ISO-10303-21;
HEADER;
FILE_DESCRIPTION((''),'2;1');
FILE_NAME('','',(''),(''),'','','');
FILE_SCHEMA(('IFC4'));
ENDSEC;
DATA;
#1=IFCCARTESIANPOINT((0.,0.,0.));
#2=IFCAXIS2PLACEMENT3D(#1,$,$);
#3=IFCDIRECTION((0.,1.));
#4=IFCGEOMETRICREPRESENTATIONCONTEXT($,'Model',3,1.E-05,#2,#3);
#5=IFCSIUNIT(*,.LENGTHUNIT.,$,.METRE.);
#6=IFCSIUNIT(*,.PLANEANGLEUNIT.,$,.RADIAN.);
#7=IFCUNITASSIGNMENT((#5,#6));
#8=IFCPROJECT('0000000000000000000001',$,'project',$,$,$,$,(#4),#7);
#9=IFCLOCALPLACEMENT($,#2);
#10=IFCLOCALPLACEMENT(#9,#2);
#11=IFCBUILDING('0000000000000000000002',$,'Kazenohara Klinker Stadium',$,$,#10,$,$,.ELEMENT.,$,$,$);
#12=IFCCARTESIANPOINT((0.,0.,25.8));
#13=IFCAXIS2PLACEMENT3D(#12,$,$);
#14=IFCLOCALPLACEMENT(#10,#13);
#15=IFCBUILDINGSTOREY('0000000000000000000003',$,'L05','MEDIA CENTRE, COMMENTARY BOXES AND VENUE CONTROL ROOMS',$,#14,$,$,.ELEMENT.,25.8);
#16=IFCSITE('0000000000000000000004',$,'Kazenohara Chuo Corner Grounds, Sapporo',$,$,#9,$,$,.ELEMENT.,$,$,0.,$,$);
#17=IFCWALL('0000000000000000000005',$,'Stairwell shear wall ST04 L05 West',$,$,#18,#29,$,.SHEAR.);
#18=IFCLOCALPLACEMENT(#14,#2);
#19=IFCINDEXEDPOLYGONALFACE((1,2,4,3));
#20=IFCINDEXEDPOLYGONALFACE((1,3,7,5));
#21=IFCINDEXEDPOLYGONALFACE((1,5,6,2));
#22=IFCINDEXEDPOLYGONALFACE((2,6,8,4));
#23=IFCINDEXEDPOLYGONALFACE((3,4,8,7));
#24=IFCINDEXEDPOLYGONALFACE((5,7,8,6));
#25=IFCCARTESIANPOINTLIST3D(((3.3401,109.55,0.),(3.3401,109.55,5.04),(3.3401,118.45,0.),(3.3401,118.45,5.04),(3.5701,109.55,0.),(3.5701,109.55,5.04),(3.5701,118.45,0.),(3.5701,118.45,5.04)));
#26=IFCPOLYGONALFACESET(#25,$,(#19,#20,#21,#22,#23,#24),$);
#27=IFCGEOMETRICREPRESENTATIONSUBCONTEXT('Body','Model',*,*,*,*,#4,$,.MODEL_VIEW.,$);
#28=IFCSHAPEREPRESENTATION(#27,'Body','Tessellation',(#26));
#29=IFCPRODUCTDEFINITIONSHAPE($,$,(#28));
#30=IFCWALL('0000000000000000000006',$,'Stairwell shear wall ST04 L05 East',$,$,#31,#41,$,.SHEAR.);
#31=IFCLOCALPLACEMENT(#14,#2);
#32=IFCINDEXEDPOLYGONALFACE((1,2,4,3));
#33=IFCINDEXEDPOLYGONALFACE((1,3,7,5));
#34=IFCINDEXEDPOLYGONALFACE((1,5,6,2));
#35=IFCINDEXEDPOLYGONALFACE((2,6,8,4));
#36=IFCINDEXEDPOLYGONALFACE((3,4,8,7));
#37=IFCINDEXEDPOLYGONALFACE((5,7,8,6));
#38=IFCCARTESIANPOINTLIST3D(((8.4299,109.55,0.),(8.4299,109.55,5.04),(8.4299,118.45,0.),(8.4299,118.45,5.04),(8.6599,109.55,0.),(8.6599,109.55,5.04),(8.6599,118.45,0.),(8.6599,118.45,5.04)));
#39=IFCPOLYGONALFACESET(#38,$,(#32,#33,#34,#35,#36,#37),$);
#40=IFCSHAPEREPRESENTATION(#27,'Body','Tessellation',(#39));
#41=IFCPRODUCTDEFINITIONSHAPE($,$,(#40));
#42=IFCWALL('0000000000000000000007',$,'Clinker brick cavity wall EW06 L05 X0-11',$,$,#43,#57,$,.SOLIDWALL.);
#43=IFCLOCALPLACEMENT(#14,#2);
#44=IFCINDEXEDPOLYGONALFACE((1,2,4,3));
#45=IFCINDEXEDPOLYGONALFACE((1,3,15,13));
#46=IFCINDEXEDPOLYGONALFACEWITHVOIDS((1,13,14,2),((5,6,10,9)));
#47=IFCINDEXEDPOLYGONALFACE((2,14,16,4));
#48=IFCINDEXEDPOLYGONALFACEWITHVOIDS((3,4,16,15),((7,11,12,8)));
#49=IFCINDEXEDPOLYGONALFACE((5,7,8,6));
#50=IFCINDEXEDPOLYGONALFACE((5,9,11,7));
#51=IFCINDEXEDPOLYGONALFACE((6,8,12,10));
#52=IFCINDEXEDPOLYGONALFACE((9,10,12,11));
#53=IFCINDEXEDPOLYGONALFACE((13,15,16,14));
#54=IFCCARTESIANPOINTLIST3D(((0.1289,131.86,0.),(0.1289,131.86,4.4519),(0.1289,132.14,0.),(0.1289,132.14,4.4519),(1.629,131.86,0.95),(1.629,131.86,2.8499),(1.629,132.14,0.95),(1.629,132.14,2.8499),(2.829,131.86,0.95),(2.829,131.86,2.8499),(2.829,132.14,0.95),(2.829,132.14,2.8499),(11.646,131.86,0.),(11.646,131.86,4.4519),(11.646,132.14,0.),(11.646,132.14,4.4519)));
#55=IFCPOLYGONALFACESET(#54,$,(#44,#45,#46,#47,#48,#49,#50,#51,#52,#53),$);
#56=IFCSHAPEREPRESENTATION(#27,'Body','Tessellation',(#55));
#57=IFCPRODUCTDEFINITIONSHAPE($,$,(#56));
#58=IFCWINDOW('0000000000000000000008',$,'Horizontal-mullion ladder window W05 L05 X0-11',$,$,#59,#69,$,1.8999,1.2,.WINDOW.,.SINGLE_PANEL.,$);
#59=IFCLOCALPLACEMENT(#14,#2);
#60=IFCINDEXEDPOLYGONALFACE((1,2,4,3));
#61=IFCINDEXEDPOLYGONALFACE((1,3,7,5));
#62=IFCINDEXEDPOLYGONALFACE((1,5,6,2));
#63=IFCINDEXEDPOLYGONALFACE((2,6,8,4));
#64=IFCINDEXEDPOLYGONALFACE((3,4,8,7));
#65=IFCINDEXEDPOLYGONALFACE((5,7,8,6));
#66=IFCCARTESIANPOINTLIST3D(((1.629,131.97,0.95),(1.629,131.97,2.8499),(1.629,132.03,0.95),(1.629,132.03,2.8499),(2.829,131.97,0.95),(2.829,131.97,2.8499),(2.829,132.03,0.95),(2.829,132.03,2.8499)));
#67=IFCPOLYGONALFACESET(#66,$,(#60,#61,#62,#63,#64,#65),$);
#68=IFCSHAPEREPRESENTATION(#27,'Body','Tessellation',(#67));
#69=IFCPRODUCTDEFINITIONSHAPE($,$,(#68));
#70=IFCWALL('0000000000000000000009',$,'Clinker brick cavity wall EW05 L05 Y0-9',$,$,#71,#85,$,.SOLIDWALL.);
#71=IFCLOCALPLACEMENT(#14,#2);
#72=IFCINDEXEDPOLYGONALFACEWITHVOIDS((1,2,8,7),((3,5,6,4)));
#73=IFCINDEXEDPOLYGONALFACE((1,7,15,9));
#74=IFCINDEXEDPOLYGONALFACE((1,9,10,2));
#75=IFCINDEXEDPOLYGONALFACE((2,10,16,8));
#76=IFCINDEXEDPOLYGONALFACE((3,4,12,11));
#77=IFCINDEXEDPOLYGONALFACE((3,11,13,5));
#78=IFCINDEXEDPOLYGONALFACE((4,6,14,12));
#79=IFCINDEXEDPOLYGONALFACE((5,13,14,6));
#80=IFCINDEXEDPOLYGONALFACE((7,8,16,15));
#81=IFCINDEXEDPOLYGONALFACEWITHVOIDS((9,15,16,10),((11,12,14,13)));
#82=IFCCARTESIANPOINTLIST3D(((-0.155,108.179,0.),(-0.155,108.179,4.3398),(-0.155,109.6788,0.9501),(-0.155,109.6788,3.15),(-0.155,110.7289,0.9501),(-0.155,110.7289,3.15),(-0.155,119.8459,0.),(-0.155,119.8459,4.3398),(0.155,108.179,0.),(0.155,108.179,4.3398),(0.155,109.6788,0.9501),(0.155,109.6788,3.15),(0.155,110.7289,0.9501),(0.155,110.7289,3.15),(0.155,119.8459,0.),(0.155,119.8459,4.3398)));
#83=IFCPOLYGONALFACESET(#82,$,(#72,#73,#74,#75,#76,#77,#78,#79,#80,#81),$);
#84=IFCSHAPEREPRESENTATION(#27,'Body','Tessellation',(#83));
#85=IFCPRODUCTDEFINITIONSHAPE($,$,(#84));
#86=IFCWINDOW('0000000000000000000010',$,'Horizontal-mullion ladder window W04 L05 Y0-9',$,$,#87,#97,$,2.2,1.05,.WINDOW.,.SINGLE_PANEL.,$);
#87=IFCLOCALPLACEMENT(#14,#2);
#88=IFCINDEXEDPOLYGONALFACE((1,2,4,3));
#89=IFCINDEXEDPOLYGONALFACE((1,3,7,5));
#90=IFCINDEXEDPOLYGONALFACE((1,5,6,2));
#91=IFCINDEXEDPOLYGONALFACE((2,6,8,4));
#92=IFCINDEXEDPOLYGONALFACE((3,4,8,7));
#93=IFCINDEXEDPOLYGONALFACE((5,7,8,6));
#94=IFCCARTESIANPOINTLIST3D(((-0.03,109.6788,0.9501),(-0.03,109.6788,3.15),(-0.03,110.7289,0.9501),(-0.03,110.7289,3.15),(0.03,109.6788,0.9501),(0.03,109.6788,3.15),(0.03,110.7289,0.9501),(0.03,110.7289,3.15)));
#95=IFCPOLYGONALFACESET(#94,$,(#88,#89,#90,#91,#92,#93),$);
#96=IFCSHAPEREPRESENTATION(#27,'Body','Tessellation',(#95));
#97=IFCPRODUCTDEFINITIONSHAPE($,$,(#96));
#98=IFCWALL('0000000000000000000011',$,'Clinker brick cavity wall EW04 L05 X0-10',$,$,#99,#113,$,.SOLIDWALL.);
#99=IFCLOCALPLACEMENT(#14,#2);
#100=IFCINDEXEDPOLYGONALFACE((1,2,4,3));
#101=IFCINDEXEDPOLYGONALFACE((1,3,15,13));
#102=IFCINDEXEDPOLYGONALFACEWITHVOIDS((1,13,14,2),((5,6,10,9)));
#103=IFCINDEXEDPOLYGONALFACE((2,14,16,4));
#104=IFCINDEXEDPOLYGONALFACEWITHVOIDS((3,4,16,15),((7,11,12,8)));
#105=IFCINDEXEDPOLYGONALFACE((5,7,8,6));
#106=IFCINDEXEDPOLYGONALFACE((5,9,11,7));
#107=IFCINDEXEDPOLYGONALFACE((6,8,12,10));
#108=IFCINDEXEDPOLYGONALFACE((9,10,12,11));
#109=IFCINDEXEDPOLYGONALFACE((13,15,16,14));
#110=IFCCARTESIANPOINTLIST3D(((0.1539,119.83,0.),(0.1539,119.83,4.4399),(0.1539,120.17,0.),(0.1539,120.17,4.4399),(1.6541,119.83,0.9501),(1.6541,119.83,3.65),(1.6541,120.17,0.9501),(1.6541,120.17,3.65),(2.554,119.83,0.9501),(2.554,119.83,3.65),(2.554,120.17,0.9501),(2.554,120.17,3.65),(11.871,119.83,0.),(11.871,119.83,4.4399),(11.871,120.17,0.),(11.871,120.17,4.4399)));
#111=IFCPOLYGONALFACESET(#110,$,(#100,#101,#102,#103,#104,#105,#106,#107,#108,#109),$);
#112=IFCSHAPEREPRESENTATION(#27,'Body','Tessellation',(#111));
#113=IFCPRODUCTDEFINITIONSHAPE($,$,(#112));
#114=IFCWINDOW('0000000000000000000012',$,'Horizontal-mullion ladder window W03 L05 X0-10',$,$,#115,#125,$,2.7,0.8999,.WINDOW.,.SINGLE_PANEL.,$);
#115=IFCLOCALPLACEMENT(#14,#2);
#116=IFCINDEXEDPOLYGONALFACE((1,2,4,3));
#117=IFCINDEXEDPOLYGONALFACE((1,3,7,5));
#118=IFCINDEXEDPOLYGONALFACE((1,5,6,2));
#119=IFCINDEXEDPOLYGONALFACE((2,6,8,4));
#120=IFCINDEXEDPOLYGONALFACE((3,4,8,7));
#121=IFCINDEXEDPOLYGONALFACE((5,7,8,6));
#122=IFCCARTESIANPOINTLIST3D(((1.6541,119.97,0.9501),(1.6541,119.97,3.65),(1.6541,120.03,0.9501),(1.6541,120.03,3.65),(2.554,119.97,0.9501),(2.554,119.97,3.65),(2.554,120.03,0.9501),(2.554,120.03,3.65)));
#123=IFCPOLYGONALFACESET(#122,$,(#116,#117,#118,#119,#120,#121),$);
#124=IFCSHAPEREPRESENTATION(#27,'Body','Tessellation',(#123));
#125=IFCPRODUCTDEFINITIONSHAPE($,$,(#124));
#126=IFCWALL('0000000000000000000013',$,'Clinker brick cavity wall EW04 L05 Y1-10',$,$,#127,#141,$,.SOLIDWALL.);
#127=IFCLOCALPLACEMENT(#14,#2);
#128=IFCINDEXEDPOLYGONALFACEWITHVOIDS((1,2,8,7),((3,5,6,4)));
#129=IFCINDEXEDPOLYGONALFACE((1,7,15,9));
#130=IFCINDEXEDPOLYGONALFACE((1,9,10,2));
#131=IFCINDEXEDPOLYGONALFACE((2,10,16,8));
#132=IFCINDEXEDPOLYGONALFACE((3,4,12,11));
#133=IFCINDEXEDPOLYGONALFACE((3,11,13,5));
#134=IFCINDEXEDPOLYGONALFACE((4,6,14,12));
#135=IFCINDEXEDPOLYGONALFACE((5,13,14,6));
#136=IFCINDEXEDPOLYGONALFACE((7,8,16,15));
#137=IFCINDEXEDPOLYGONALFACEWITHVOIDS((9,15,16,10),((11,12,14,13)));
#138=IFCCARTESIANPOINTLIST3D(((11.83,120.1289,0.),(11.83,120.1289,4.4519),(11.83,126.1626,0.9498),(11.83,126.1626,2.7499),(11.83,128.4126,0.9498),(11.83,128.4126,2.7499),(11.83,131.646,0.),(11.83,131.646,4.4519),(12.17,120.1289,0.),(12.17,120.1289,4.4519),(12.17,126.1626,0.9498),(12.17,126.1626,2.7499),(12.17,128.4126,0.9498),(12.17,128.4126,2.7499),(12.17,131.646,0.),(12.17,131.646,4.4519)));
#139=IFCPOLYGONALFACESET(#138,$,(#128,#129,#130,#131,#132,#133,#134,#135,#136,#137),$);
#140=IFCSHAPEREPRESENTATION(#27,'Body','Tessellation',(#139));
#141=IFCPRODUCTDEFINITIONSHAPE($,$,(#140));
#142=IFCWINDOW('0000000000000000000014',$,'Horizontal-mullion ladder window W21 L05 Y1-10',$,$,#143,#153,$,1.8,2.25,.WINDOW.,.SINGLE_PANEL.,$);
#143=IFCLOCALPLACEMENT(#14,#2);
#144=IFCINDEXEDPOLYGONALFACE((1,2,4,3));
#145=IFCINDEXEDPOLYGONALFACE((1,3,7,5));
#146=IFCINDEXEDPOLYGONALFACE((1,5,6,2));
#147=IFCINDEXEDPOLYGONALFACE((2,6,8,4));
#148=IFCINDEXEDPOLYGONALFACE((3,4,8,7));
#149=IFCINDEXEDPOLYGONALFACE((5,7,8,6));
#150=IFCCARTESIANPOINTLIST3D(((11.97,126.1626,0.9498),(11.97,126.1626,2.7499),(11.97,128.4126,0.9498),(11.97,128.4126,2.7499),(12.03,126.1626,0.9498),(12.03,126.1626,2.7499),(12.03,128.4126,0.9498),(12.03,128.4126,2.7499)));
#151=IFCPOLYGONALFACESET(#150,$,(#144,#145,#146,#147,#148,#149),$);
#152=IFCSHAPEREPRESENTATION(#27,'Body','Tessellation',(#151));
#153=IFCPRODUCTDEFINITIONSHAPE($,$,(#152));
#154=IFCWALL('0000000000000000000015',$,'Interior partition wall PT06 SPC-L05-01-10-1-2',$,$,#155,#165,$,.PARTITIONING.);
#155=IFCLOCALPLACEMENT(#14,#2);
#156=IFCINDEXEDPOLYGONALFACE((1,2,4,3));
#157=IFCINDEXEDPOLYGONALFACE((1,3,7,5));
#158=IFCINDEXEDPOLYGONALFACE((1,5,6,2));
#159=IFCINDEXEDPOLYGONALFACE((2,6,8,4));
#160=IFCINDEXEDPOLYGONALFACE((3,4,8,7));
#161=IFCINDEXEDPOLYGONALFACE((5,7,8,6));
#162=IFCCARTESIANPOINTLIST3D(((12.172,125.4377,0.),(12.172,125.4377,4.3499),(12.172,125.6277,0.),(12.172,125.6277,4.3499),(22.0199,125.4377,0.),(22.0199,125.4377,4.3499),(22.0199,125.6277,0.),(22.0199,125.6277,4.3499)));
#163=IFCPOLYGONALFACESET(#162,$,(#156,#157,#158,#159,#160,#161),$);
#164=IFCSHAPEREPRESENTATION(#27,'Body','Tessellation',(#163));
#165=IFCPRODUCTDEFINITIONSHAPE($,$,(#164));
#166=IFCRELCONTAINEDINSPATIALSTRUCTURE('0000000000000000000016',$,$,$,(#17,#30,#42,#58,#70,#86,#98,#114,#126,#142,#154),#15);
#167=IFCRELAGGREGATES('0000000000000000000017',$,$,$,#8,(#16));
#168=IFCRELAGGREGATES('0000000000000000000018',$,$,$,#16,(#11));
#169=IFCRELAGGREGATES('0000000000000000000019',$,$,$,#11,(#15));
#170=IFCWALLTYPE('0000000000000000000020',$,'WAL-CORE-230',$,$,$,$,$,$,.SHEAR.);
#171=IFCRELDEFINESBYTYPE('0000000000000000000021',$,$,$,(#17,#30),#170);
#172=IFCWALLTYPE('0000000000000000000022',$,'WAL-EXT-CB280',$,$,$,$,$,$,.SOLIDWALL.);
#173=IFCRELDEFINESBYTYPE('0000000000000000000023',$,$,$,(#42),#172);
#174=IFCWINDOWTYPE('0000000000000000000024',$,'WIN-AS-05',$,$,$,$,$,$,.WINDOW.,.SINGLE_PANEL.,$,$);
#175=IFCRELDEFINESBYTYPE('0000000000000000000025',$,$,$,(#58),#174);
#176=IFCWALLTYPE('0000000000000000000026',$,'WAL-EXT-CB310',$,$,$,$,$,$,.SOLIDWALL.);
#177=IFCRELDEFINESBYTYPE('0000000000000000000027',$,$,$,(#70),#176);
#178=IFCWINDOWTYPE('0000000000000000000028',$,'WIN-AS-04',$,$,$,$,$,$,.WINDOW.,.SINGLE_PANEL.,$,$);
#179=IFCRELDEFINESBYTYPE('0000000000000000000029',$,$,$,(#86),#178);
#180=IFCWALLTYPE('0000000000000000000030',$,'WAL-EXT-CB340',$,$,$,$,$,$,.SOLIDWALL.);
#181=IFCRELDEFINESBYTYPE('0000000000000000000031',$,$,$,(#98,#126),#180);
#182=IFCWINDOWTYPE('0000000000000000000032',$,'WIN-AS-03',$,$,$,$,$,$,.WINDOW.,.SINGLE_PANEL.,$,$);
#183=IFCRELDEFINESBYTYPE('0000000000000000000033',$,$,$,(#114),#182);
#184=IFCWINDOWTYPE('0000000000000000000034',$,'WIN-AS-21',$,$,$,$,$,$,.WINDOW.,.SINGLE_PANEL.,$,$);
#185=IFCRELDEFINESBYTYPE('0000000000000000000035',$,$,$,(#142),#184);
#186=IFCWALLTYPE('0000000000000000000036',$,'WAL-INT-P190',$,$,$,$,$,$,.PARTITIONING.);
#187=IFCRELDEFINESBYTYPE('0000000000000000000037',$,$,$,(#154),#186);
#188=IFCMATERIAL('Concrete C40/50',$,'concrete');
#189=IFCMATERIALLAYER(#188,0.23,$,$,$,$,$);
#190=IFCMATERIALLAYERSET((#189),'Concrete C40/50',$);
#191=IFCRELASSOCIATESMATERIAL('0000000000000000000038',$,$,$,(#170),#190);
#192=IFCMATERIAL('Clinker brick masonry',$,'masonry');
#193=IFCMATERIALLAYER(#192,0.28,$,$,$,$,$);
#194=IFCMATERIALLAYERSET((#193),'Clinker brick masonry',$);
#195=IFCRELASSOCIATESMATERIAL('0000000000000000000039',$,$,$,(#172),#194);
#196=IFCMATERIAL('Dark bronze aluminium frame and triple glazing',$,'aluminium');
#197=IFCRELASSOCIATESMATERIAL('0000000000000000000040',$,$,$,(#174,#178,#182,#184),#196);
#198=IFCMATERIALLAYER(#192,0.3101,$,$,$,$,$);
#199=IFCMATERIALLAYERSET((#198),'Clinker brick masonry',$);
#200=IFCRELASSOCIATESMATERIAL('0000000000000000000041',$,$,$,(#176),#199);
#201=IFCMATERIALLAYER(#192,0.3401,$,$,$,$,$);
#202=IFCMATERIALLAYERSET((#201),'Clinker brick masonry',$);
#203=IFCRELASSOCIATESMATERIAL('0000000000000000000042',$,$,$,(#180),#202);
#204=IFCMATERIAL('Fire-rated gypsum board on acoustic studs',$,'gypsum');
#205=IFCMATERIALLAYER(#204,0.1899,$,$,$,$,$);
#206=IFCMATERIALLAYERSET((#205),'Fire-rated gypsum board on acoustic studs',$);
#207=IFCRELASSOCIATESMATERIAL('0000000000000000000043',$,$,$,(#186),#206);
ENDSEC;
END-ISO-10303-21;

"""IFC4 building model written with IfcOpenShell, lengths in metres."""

from ifc_helpers import new_model, si_unit, direction, frame, frame_2d, origin, place, context, subcontext, project, spatial, rectangle, extrude, material, layer, layer_set, type_object, element, fill, save


model = new_model("IFC4")

# Units and contexts
model_context = context("Model", 3, precision=1e-05, world=origin(), true_north=direction((0.0, 1.0)))
body_context = subcontext(model_context, "Body", "Model", "MODEL_VIEW")
ifc_project = project(units=[si_unit("LENGTHUNIT", "METRE"), si_unit("PLANEANGLEUNIT", "RADIAN")], contexts=[model_context])

# Site, building, storey
site_placement = place(None, origin())
site = spatial("IfcSite", under=ifc_project, at=site_placement, Name="Kazenohara Chuo Corner Grounds, Sapporo", CompositionType="ELEMENT", RefElevation=0.0)
building_placement = place(site_placement, origin())
building = spatial("IfcBuilding", under=site, at=building_placement, Name="Kazenohara Klinker Stadium", CompositionType="ELEMENT")
storey_placement = place(building_placement, frame((0.0, 0.0, 25.8)))
storey = spatial("IfcBuildingStorey", under=building, at=storey_placement, Name="L05", Description="MEDIA CENTRE, COMMENTARY BOXES AND VENUE CONTROL ROOMS", CompositionType="ELEMENT", Elevation=25.8)

# Shared definitions
ifc_material_1 = material(Name="Concrete C40/50", Category="concrete")

# Shared definitions
ifc_layer_1 = layer(ifc_material_1, 0.23)
ifc_layer_set_1 = layer_set([ifc_layer_1], Name="Concrete C40/50")
wall_type_1 = type_object("IfcWallType", Name="WAL-CORE-230", PredefinedType="SHEAR", material=ifc_layer_set_1)

# Walls
for number, where, z_axis, x_axis, name in (
    (1, (3.4551, 109.55, 0.0), (0.0, 0.0, 1.0), (0.0, 1.0, 0.0), "Stairwell shear wall ST04 L05 West"),
    (2, (8.5449, 109.55, 0.0), (0.0, 0.0, 1.0), (0.0, 1.0, 0.0), "Stairwell shear wall ST04 L05 East"),
):
    element("IfcWall", number, at=place(storey_placement, frame(where, z_axis=z_axis, x_axis=x_axis)), inside=storey, type_object=wall_type_1, Name=name, PredefinedType="SHEAR", context=body_context, shape_type="SweptSolid", body=[
        extrude(rectangle(XDim=8.8999, YDim=0.23, at=frame_2d((4.45, 0.0))), origin(), (0.0, 0.0, 1.0), 5.04),
    ])

# Walls, openings, windows
ifc_material_2 = material(Name="Clinker brick masonry", Category="masonry")
ifc_layer_2 = layer(ifc_material_2, 0.28)
ifc_layer_set_2 = layer_set([ifc_layer_2], Name="Clinker brick masonry")
wall_type_2 = type_object("IfcWallType", Name="WAL-EXT-CB280", PredefinedType="SOLIDWALL", material=ifc_layer_set_2)
wall_1_placement = place(storey_placement, frame((0.1289, 132.0, 0.0), z_axis=(0.0, 0.0, 1.0), x_axis=(1.0, 0.0, 0.0)))
wall_1 = element("IfcWall", 3, at=wall_1_placement, inside=storey, type_object=wall_type_2, Name="Clinker brick cavity wall EW06 L05 X0-11", PredefinedType="SOLIDWALL", context=body_context, shape_type="SweptSolid", body=[
    extrude(rectangle(XDim=11.5171, YDim=0.28, at=frame_2d((5.7585, 0.0))), origin(), (0.0, 0.0, 1.0), 4.4519),
])
opening_1_placement = place(wall_1_placement, frame((1.5, 0.0, 0.95)))
opening_1 = element("IfcOpeningElement", 4, at=opening_1_placement, cuts=wall_1, PredefinedType="OPENING", context=body_context, shape_type="SweptSolid", body=[
    extrude(rectangle(XDim=1.2, YDim=1.8999, at=frame_2d((0.6001, 0.95))), frame((0.0, 0.1499, 0.0), z_axis=(0.0, -1.0, 0.0), x_axis=(1.0, 0.0, 0.0)), (0.0, 0.0, 1.0), 0.3),
])
ifc_material_3 = material(Name="Dark bronze aluminium frame and triple glazing", Category="aluminium")
window_type_1 = type_object("IfcWindowType", Name="WIN-AS-05", PartitioningType="SINGLE_PANEL", PredefinedType="WINDOW", material=ifc_material_3)
window_1_placement = place(opening_1_placement, origin())
window_1 = element("IfcWindow", 5, at=window_1_placement, inside=storey, type_object=window_type_1, Name="Horizontal-mullion ladder window W05 L05 X0-11", OverallHeight=1.8999, OverallWidth=1.2, PartitioningType="SINGLE_PANEL", PredefinedType="WINDOW", context=body_context, shape_type="SweptSolid", body=[
    extrude(rectangle(XDim=1.2, YDim=1.8999, at=frame_2d((0.6001, 0.95))), frame((0.0, 0.03, 0.0), z_axis=(0.0, -1.0, 0.0), x_axis=(1.0, 0.0, 0.0)), (0.0, 0.0, 1.0), 0.0601),
])
fill(opening_1, window_1)
ifc_layer_3 = layer(ifc_material_2, 0.3101)
ifc_layer_set_3 = layer_set([ifc_layer_3], Name="Clinker brick masonry")
wall_type_3 = type_object("IfcWallType", Name="WAL-EXT-CB310", PredefinedType="SOLIDWALL", material=ifc_layer_set_3)
wall_2_placement = place(storey_placement, frame((0.0, 108.179, 0.0), z_axis=(0.0, 0.0, 1.0), x_axis=(0.0, 1.0, 0.0)))
wall_2 = element("IfcWall", 6, at=wall_2_placement, inside=storey, type_object=wall_type_3, Name="Clinker brick cavity wall EW05 L05 Y0-9", PredefinedType="SOLIDWALL", context=body_context, shape_type="SweptSolid", body=[
    extrude(rectangle(XDim=11.667, YDim=0.3101, at=frame_2d((5.8335, 0.0))), origin(), (0.0, 0.0, 1.0), 4.3398),
])
opening_2_placement = place(wall_2_placement, frame((1.5, 0.0, 0.95)))
opening_2 = element("IfcOpeningElement", 7, at=opening_2_placement, cuts=wall_2, PredefinedType="OPENING", context=body_context, shape_type="SweptSolid", body=[
    extrude(rectangle(XDim=1.05, YDim=2.2, at=frame_2d((0.5249, 1.1001))), frame((0.0, 0.165, 0.0), z_axis=(0.0, -1.0, 0.0), x_axis=(1.0, 0.0, 0.0)), (0.0, 0.0, 1.0), 0.3301),
])
window_type_2 = type_object("IfcWindowType", Name="WIN-AS-04", PartitioningType="SINGLE_PANEL", PredefinedType="WINDOW", material=ifc_material_3)
window_2_placement = place(opening_2_placement, origin())
window_2 = element("IfcWindow", 8, at=window_2_placement, inside=storey, type_object=window_type_2, Name="Horizontal-mullion ladder window W04 L05 Y0-9", OverallHeight=2.2, OverallWidth=1.05, PartitioningType="SINGLE_PANEL", PredefinedType="WINDOW", context=body_context, shape_type="SweptSolid", body=[
    extrude(rectangle(XDim=1.05, YDim=2.2, at=frame_2d((0.5249, 1.1001))), frame((0.0, 0.03, 0.0), z_axis=(0.0, -1.0, 0.0), x_axis=(1.0, 0.0, 0.0)), (0.0, 0.0, 1.0), 0.0601),
])
fill(opening_2, window_2)
ifc_layer_4 = layer(ifc_material_2, 0.3401)
ifc_layer_set_4 = layer_set([ifc_layer_4], Name="Clinker brick masonry")
wall_type_4 = type_object("IfcWallType", Name="WAL-EXT-CB340", PredefinedType="SOLIDWALL", material=ifc_layer_set_4)
wall_3_placement = place(storey_placement, frame((0.1541, 120.0, 0.0), z_axis=(0.0, 0.0, 1.0), x_axis=(1.0, 0.0, 0.0)))
wall_3 = element("IfcWall", 9, at=wall_3_placement, inside=storey, type_object=wall_type_4, Name="Clinker brick cavity wall EW04 L05 X0-10", PredefinedType="SOLIDWALL", context=body_context, shape_type="SweptSolid", body=[
    extrude(rectangle(XDim=11.717, YDim=0.3401, at=frame_2d((5.8584, 0.0))), origin(), (0.0, 0.0, 1.0), 4.4399),
])
opening_3_placement = place(wall_3_placement, frame((1.5, 0.0, 0.95)))
opening_3 = element("IfcOpeningElement", 10, at=opening_3_placement, cuts=wall_3, PredefinedType="OPENING", context=body_context, shape_type="SweptSolid", body=[
    extrude(rectangle(XDim=0.8999, YDim=2.7, at=frame_2d((0.45, 1.3501))), frame((0.0, 0.1802, 0.0), z_axis=(0.0, -1.0, 0.0), x_axis=(1.0, 0.0, 0.0)), (0.0, 0.0, 1.0), 0.3601),
])
window_type_3 = type_object("IfcWindowType", Name="WIN-AS-03", PartitioningType="SINGLE_PANEL", PredefinedType="WINDOW", material=ifc_material_3)
window_3_placement = place(opening_3_placement, origin())
window_3 = element("IfcWindow", 11, at=window_3_placement, inside=storey, type_object=window_type_3, Name="Horizontal-mullion ladder window W03 L05 X0-10", OverallHeight=2.7, OverallWidth=0.8999, PartitioningType="SINGLE_PANEL", PredefinedType="WINDOW", context=body_context, shape_type="SweptSolid", body=[
    extrude(rectangle(XDim=0.8999, YDim=2.7, at=frame_2d((0.45, 1.3501))), frame((0.0, 0.03, 0.0), z_axis=(0.0, -1.0, 0.0), x_axis=(1.0, 0.0, 0.0)), (0.0, 0.0, 1.0), 0.0601),
])
fill(opening_3, window_3)
wall_4_placement = place(storey_placement, frame((12.0, 120.1289, 0.0), z_axis=(0.0, 0.0, 1.0), x_axis=(0.0, 1.0, 0.0)))
wall_4 = element("IfcWall", 12, at=wall_4_placement, inside=storey, type_object=wall_type_4, Name="Clinker brick cavity wall EW04 L05 Y1-10", PredefinedType="SOLIDWALL", context=body_context, shape_type="SweptSolid", body=[
    extrude(rectangle(XDim=11.5171, YDim=0.3401, at=frame_2d((5.7585, 0.0))), origin(), (0.0, 0.0, 1.0), 4.4519),
])
opening_4_placement = place(wall_4_placement, frame((6.0337, 0.0, 0.95)))
opening_4 = element("IfcOpeningElement", 13, at=opening_4_placement, cuts=wall_4, PredefinedType="OPENING", context=body_context, shape_type="SweptSolid", body=[
    extrude(rectangle(XDim=2.25, YDim=1.8, at=frame_2d((1.125, 0.8999))), frame((0.0, 0.1802, 0.0), z_axis=(0.0, -1.0, 0.0), x_axis=(1.0, 0.0, 0.0)), (0.0, 0.0, 1.0), 0.3601),
])
window_type_4 = type_object("IfcWindowType", Name="WIN-AS-21", PartitioningType="SINGLE_PANEL", PredefinedType="WINDOW", material=ifc_material_3)
window_4_placement = place(opening_4_placement, origin())
window_4 = element("IfcWindow", 14, at=window_4_placement, inside=storey, type_object=window_type_4, Name="Horizontal-mullion ladder window W21 L05 Y1-10", OverallHeight=1.8, OverallWidth=2.25, PartitioningType="SINGLE_PANEL", PredefinedType="WINDOW", context=body_context, shape_type="SweptSolid", body=[
    extrude(rectangle(XDim=2.25, YDim=1.8, at=frame_2d((1.125, 0.8999))), frame((0.0, 0.03, 0.0), z_axis=(0.0, -1.0, 0.0), x_axis=(1.0, 0.0, 0.0)), (0.0, 0.0, 1.0), 0.0601),
])
fill(opening_4, window_4)

# Wall
ifc_material_4 = material(Name="Fire-rated gypsum board on acoustic studs", Category="gypsum")
ifc_layer_5 = layer(ifc_material_4, 0.1899)
ifc_layer_set_5 = layer_set([ifc_layer_5], Name="Fire-rated gypsum board on acoustic studs")
wall_type_5 = type_object("IfcWallType", Name="WAL-INT-P190", PredefinedType="PARTITIONING", material=ifc_layer_set_5)
wall_5_placement = place(storey_placement, frame((12.1721, 125.5327, 0.0), z_axis=(0.0, 0.0, 1.0), x_axis=(1.0, 0.0, 0.0)))
element("IfcWall", 15, at=wall_5_placement, inside=storey, type_object=wall_type_5, Name="Interior partition wall PT06 SPC-L05-01-10-1-2", PredefinedType="PARTITIONING", context=body_context, shape_type="SweptSolid", body=[
    extrude(rectangle(XDim=9.8479, YDim=0.1899, at=frame_2d((4.9238, 0.0))), origin(), (0.0, 0.0, 1.0), 4.3499),
])

save(model, "model.ifc")
